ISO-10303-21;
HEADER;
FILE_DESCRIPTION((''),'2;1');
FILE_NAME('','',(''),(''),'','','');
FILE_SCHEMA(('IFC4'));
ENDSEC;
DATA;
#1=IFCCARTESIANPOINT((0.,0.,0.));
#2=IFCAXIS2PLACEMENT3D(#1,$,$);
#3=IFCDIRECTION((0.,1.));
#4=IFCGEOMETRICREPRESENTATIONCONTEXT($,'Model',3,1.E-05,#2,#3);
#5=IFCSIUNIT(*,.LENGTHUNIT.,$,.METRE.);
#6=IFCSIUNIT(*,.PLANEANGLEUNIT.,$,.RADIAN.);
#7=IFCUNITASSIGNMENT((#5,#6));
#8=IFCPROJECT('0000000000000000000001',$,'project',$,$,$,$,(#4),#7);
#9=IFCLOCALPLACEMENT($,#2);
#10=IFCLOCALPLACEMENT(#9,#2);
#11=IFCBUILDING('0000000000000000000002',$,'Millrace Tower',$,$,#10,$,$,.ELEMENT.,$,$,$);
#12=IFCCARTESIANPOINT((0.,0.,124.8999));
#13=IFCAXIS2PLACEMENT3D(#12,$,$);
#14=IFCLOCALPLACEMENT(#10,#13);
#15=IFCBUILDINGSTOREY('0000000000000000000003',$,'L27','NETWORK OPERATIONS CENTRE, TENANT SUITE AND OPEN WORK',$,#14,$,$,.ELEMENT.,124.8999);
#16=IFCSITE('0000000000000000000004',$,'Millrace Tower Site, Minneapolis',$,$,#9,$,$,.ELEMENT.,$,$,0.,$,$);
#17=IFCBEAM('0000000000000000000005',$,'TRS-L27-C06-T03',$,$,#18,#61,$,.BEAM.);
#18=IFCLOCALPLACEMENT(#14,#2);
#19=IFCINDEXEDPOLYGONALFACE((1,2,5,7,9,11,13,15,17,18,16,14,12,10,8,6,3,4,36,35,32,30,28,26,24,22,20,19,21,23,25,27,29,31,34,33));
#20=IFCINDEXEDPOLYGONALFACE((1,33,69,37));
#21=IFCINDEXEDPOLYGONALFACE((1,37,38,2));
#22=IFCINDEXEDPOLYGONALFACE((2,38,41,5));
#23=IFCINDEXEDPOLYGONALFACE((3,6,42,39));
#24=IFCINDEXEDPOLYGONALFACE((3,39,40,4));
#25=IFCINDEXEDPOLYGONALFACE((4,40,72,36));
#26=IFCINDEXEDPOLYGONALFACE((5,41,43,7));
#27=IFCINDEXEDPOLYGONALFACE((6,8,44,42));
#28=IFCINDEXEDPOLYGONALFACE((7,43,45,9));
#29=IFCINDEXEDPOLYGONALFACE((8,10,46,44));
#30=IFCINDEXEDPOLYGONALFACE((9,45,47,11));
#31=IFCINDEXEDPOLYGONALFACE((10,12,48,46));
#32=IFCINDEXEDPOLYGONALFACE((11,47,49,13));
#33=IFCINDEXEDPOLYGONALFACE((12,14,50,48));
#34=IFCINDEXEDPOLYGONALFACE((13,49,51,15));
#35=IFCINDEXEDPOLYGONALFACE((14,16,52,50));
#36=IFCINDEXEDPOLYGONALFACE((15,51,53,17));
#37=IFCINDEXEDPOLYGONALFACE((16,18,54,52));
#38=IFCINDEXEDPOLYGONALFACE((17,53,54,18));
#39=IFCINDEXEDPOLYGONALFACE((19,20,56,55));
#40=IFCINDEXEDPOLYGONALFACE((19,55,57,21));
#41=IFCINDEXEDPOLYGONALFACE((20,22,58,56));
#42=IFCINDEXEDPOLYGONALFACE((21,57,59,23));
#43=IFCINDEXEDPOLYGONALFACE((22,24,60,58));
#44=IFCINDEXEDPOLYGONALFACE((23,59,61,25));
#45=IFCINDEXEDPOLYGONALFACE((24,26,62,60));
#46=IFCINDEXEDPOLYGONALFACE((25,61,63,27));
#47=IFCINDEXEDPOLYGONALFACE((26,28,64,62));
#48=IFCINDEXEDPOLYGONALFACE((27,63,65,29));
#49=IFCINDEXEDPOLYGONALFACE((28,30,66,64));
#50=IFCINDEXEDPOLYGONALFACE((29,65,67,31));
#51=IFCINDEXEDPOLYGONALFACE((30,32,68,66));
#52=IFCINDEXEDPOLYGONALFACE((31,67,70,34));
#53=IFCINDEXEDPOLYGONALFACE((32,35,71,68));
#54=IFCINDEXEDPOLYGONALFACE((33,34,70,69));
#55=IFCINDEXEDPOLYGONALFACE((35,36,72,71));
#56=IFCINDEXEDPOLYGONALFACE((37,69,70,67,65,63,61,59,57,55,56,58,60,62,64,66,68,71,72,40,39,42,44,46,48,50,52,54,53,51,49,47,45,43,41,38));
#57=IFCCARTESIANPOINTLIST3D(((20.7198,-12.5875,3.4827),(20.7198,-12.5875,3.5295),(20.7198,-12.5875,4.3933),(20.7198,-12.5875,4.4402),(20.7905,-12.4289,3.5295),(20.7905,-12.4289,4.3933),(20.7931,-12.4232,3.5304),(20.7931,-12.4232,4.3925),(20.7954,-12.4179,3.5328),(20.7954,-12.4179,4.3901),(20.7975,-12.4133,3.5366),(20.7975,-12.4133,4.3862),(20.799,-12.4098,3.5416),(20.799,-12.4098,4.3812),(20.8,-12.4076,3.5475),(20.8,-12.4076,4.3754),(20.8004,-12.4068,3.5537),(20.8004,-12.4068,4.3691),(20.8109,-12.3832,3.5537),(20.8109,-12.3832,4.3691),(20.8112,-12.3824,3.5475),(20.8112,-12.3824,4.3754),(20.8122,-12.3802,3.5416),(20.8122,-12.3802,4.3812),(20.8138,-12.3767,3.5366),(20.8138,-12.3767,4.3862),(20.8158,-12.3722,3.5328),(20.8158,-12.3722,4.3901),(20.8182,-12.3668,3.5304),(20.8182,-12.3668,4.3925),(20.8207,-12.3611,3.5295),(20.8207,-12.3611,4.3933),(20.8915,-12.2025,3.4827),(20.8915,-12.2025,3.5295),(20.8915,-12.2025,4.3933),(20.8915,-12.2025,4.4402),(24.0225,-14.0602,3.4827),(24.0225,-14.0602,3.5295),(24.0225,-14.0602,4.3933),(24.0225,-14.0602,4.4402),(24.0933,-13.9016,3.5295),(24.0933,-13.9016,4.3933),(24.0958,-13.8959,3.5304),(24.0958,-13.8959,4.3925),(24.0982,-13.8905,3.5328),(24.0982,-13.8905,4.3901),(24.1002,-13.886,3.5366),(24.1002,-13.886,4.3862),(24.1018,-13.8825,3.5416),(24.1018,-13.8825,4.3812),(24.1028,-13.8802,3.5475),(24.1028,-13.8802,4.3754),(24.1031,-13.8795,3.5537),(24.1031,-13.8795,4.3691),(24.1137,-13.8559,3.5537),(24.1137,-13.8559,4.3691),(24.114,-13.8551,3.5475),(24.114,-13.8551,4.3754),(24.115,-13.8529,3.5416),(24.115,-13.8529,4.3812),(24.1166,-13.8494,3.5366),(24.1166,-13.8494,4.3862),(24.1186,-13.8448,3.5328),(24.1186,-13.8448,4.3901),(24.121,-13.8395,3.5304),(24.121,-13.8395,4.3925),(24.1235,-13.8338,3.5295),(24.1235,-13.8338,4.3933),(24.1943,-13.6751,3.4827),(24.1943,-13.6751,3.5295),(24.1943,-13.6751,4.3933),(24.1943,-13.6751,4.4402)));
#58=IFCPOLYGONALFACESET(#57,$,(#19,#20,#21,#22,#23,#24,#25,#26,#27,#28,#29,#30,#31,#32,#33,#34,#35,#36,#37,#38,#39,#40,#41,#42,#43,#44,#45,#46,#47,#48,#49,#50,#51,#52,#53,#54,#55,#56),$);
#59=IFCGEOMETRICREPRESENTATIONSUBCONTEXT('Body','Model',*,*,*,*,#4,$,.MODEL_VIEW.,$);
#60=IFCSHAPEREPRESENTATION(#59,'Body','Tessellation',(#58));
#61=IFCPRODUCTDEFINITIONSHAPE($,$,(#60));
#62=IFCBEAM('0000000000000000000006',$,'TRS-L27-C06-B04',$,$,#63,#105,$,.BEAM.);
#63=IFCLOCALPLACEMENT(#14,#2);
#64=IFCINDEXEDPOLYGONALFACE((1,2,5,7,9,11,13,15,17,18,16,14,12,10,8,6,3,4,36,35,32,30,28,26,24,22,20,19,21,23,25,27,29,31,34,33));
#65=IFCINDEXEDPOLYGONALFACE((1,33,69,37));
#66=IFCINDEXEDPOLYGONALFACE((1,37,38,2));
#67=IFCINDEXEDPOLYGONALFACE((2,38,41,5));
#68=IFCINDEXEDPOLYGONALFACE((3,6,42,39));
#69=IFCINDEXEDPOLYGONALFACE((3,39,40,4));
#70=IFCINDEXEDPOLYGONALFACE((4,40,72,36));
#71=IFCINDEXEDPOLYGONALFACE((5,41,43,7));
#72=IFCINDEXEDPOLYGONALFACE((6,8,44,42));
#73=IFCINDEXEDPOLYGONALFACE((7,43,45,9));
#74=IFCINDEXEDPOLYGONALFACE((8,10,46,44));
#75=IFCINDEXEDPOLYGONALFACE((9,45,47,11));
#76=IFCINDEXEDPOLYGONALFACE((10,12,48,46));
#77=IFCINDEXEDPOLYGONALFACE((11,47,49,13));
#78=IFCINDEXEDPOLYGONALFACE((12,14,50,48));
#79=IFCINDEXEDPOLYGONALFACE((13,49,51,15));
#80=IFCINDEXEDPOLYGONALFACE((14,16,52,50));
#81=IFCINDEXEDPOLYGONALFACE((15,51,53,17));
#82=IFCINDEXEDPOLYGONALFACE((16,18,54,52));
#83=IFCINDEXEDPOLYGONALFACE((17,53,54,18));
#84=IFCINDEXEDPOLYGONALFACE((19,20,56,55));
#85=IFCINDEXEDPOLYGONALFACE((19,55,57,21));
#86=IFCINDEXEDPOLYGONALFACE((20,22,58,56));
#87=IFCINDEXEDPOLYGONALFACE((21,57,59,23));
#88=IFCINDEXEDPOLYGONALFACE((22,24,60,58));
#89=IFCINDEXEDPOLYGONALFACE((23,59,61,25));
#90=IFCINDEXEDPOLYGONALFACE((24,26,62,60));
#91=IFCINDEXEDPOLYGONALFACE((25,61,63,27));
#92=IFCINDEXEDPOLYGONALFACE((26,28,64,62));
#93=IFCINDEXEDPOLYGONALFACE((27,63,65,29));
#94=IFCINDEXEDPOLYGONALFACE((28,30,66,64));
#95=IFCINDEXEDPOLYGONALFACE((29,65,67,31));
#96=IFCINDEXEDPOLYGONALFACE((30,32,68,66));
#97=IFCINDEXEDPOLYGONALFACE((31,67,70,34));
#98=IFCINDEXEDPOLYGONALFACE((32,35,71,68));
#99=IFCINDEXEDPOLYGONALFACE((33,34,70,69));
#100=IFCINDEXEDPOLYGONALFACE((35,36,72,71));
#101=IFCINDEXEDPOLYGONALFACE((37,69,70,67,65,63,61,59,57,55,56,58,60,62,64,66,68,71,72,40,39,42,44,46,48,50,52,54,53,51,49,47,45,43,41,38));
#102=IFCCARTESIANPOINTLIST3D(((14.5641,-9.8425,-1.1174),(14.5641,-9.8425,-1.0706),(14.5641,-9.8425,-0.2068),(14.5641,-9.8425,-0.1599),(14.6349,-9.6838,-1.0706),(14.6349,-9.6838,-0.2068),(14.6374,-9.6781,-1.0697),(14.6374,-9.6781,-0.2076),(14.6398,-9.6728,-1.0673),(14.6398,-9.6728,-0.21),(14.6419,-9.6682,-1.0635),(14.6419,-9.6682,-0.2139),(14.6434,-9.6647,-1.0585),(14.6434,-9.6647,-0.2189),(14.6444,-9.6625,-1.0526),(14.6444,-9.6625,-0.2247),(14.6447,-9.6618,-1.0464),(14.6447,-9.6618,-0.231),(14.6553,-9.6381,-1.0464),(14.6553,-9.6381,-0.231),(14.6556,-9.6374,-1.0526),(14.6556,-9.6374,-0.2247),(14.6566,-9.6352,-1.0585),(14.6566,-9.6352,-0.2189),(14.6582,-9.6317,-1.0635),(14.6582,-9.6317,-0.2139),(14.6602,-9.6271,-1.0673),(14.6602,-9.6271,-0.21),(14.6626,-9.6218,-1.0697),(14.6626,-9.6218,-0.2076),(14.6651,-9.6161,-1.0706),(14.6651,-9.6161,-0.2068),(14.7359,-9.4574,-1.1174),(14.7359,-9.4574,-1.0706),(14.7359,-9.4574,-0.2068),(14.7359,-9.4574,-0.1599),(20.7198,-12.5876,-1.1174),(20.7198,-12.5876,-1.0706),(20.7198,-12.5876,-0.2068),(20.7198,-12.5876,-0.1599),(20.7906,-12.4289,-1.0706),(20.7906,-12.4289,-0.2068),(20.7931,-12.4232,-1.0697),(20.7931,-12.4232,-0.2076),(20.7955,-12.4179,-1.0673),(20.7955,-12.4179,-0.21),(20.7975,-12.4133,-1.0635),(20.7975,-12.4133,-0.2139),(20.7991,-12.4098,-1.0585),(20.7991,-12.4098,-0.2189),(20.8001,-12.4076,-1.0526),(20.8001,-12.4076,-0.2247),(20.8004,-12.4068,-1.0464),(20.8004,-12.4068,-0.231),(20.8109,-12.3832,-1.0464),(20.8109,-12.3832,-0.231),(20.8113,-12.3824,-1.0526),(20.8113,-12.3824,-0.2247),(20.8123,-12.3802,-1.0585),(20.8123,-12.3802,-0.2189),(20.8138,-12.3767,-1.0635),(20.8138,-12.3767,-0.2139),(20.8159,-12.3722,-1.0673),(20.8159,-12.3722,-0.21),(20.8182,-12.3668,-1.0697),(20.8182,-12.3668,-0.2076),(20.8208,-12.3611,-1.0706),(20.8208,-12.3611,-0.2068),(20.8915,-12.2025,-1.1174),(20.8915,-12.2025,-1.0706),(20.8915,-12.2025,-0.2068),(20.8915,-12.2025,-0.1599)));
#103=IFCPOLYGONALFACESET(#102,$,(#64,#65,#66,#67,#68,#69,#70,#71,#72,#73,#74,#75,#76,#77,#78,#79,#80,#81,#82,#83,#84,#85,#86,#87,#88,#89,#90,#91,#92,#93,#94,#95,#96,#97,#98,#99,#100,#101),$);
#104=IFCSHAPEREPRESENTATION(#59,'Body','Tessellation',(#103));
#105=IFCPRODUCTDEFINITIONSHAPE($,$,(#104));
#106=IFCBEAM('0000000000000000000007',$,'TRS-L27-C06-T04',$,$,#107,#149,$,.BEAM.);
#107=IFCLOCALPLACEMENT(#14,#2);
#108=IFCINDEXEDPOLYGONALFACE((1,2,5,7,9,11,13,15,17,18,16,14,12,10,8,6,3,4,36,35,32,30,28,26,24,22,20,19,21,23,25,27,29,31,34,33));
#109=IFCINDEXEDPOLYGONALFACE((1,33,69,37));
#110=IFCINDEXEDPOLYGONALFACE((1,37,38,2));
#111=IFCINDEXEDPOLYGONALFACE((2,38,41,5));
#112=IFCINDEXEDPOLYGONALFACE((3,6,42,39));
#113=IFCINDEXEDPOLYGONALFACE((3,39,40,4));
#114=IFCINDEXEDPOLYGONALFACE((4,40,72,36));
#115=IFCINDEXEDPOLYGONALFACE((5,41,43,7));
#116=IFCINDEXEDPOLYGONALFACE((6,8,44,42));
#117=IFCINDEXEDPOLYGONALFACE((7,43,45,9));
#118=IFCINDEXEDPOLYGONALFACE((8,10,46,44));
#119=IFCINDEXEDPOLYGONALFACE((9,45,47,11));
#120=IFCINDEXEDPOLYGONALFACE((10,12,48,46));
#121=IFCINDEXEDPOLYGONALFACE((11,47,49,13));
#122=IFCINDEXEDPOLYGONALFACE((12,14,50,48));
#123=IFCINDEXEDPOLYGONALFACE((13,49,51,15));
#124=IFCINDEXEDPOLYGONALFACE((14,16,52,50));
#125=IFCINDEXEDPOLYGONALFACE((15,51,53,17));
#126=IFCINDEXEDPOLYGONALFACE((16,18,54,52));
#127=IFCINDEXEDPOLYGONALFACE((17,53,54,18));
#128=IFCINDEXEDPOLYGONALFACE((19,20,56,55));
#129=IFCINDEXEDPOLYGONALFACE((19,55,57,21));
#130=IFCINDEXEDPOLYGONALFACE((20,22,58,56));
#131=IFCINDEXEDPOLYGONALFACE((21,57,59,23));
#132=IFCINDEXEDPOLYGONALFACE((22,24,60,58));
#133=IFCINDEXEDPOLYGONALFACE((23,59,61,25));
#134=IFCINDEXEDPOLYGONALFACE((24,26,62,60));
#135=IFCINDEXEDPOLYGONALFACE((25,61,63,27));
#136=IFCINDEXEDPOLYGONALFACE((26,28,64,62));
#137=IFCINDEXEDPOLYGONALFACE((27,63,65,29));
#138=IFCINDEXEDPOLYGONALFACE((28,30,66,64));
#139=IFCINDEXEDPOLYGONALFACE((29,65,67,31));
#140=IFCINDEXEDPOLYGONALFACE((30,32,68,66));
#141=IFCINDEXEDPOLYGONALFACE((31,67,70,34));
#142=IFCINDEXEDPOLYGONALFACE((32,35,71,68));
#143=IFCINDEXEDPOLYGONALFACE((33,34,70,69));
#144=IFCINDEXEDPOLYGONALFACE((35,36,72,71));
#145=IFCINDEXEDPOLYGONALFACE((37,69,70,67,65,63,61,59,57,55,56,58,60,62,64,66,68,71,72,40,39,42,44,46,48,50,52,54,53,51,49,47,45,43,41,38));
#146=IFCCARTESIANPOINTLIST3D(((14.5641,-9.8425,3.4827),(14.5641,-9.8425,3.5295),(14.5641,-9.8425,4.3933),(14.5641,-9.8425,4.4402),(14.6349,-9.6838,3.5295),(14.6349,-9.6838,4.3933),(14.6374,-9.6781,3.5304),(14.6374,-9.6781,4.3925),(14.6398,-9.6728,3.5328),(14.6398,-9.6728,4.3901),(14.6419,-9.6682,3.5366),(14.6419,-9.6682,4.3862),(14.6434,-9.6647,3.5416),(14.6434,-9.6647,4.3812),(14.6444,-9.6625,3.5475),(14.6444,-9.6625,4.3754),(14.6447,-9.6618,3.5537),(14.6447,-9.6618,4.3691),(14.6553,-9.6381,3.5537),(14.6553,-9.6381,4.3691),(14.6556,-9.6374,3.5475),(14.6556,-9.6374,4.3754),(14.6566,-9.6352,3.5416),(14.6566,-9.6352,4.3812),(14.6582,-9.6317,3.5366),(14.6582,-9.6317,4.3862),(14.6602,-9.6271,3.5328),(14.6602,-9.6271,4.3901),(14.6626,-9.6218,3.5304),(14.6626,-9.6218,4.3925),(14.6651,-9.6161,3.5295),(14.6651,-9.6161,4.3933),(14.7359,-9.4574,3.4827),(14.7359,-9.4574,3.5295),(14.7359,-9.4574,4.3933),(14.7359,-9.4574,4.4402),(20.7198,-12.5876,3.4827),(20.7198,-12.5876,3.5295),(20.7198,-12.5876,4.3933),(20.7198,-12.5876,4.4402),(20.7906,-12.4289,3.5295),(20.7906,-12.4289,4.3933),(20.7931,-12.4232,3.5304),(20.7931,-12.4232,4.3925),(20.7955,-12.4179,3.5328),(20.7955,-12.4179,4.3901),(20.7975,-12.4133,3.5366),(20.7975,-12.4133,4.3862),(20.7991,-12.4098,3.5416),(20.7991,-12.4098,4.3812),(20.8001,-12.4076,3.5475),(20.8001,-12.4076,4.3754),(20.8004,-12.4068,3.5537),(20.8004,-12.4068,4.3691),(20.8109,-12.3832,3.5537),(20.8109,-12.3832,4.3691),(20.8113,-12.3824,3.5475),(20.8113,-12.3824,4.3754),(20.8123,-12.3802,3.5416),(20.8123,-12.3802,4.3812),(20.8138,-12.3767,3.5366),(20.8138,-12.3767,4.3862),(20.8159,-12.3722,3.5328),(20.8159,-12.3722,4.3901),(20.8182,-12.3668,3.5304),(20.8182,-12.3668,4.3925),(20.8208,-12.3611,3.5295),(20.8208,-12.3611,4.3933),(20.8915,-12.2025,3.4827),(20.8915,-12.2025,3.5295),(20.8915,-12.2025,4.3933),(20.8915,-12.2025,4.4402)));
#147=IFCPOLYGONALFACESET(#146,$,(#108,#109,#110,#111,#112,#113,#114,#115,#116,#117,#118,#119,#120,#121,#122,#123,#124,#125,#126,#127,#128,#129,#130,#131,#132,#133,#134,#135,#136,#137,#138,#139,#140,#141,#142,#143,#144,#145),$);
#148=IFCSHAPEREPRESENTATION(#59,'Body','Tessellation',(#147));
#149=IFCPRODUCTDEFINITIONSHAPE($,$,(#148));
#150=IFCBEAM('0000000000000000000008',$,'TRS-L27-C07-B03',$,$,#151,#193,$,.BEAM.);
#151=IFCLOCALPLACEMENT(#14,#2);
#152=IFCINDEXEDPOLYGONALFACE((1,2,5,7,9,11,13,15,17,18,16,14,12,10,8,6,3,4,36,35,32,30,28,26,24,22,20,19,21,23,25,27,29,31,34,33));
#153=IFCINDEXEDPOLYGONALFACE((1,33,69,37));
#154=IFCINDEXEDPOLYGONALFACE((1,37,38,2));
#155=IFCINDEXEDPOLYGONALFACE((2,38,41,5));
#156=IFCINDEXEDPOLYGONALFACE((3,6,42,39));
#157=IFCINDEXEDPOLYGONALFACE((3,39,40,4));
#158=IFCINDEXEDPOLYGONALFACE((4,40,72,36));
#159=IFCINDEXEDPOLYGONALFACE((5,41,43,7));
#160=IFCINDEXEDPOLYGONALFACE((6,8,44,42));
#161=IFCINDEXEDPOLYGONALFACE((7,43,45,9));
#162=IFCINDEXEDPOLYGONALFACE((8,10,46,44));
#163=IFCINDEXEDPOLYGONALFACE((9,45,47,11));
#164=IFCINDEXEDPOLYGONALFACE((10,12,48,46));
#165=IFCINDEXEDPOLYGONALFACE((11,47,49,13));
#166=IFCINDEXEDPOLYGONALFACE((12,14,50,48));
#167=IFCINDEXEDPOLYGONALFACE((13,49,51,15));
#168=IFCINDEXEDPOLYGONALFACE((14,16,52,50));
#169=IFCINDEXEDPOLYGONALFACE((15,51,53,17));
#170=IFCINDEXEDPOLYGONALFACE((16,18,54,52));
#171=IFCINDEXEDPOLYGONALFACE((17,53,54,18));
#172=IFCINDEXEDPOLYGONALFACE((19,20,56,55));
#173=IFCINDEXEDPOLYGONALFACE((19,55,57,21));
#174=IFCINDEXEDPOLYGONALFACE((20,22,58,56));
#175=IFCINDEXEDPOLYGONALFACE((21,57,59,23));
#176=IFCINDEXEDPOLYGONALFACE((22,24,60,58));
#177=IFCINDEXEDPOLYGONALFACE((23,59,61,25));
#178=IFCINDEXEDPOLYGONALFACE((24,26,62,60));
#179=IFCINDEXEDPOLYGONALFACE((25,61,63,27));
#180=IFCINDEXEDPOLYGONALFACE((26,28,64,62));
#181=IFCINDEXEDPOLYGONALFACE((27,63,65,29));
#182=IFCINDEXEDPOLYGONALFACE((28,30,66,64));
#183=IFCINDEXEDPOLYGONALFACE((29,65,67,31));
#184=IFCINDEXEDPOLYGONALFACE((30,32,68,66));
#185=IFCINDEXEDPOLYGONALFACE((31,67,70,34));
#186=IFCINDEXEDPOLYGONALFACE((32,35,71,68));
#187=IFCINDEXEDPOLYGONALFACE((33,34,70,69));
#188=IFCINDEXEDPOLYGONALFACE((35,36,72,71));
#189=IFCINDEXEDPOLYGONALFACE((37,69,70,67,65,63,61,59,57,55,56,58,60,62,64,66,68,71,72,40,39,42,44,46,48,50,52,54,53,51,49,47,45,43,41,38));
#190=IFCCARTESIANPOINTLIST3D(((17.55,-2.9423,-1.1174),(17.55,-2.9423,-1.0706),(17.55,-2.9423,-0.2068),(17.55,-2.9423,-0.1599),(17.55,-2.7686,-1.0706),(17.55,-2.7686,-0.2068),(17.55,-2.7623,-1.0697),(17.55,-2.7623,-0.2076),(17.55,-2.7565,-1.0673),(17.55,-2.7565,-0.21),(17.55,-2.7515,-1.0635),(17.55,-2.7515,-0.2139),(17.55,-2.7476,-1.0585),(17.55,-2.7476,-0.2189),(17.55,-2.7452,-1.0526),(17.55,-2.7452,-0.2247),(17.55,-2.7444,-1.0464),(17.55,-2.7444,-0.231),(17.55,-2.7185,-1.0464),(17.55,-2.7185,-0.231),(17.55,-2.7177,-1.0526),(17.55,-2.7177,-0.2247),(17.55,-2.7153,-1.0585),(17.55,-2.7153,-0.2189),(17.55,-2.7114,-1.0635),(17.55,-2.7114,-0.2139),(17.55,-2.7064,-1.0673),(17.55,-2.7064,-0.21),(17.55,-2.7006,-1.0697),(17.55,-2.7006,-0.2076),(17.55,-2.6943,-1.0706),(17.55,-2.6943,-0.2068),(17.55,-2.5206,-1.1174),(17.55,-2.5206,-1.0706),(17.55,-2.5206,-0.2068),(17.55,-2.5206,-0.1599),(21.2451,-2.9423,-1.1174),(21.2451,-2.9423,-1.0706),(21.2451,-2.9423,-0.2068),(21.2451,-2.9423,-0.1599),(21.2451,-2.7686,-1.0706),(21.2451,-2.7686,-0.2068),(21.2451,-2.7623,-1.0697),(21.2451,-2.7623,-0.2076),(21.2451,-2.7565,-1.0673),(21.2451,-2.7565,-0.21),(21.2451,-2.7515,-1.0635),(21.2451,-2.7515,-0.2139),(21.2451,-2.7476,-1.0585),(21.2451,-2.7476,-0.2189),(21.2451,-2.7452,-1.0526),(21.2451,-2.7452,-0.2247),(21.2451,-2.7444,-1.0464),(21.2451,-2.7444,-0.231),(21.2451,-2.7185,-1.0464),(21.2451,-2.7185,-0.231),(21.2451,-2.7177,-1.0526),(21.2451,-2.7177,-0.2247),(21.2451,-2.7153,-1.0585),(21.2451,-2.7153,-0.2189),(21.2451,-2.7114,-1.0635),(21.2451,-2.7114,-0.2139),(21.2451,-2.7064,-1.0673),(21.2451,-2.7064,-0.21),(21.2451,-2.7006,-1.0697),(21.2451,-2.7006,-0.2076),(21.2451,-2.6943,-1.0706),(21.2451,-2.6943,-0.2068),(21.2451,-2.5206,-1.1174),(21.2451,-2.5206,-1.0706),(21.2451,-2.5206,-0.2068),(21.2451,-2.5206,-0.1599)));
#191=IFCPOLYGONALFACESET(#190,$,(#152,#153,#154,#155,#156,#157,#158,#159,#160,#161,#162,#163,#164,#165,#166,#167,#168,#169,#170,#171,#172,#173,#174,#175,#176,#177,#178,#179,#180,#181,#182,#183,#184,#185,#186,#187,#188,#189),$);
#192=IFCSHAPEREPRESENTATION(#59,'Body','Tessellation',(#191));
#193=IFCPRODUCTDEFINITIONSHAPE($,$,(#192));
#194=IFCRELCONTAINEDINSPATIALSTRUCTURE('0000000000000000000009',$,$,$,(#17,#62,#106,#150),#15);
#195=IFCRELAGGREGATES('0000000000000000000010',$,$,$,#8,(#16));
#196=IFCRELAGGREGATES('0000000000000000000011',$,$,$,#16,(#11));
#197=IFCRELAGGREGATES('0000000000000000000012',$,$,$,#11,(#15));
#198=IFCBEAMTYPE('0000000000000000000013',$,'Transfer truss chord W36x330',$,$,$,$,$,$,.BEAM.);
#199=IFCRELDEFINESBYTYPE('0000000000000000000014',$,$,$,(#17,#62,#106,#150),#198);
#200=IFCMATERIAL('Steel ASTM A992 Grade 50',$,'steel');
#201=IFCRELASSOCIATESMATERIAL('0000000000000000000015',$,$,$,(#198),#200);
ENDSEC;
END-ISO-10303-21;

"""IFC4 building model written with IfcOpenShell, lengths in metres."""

from ifc_helpers import new_model, si_unit, direction, frame, origin, origin_2d, place, context, subcontext, project, spatial, i_section, extrude, material, material_profile, profile_set, type_object, element, save


model = new_model("IFC4")

# Units and contexts
model_context = context("Model", 3, precision=1e-05, world=origin(), true_north=direction((0.0, 1.0)))
body_context = subcontext(model_context, "Body", "Model", "MODEL_VIEW")
ifc_project = project(units=[si_unit("LENGTHUNIT", "METRE"), si_unit("PLANEANGLEUNIT", "RADIAN")], contexts=[model_context])

# Site, building, storey
site_placement = place(None, origin())
site = spatial("IfcSite", under=ifc_project, at=site_placement, Name="Millrace Tower Site, Minneapolis", CompositionType="ELEMENT", RefElevation=0.0)
building_placement = place(site_placement, origin())
building = spatial("IfcBuilding", under=site, at=building_placement, Name="Millrace Tower", CompositionType="ELEMENT")
storey_placement = place(building_placement, frame((0.0, 0.0, 124.8999)))
storey = spatial("IfcBuildingStorey", under=building, at=storey_placement, Name="L27", Description="NETWORK OPERATIONS CENTRE, TENANT SUITE AND OPEN WORK", CompositionType="ELEMENT", Elevation=124.8999)

# Beams
ifc_material_1 = material(Name="Steel ASTM A992 Grade 50", Category="steel")
ifc_material_profile_1 = material_profile(ifc_material_1, i_section(OverallWidth=0.4216, OverallDepth=0.9575, WebThickness=0.0259, FlangeThickness=0.0469, FilletRadius=0.0242, at=origin_2d()))
ifc_profile_set_1 = profile_set([ifc_material_profile_1], Name="Steel ASTM A992 Grade 50")
beam_type_1 = type_object("IfcBeamType", Name="Transfer truss chord W36x330", PredefinedType="BEAM", material=ifc_profile_set_1)
for number, where, z_axis, x_axis, name in (
    (1, (24.1084, -13.8677, 3.9614), (-0.913321, 0.407241, 0.0), (-0.407241, -0.913321, 0.0), "TRS-L27-C06-T03"),
):
    element("IfcBeam", number, at=place(storey_placement, frame(where, z_axis=z_axis, x_axis=x_axis)), inside=storey, type_object=beam_type_1, Name=name, PredefinedType="BEAM", context=body_context, shape_type="SweptSolid", body=[
        extrude(i_section(OverallWidth=0.4216, OverallDepth=0.9575, WebThickness=0.0259, FlangeThickness=0.0469, FilletRadius=0.0242, at=origin_2d()), origin(), (0.0, 0.0, 1.0), 3.6162),
    ])
for number, where, z_axis, x_axis, name in (
    (2, (20.8057, -12.395, -0.6387), (-0.913303, 0.407281, 0.0), (-0.407281, -0.913303, 0.0), "TRS-L27-C06-B04"),
    (3, (20.8057, -12.395, 3.9614), (-0.913303, 0.407281, 0.0), (-0.407281, -0.913303, 0.0), "TRS-L27-C06-T04"),
):
    element("IfcBeam", number, at=place(storey_placement, frame(where, z_axis=z_axis, x_axis=x_axis)), inside=storey, type_object=beam_type_1, Name=name, PredefinedType="BEAM", context=body_context, shape_type="SweptSolid", body=[
        extrude(i_section(OverallWidth=0.4216, OverallDepth=0.9575, WebThickness=0.0259, FlangeThickness=0.0469, FilletRadius=0.0242, at=origin_2d()), origin(), (0.0, 0.0, 1.0), 6.74),
    ])
for number, where, z_axis, x_axis, name in (
    (4, (21.2451, -2.7314, -0.6387), (-1.0, 0.0, 0.0), (0.0, -1.0, 0.0), "TRS-L27-C07-B03"),
):
    element("IfcBeam", number, at=place(storey_placement, frame(where, z_axis=z_axis, x_axis=x_axis)), inside=storey, type_object=beam_type_1, Name=name, PredefinedType="BEAM", context=body_context, shape_type="SweptSolid", body=[
        extrude(i_section(OverallWidth=0.4216, OverallDepth=0.9575, WebThickness=0.0259, FlangeThickness=0.0469, FilletRadius=0.0242, at=origin_2d()), origin(), (0.0, 0.0, 1.0), 3.6951),
    ])

save(model, "model.ifc")
